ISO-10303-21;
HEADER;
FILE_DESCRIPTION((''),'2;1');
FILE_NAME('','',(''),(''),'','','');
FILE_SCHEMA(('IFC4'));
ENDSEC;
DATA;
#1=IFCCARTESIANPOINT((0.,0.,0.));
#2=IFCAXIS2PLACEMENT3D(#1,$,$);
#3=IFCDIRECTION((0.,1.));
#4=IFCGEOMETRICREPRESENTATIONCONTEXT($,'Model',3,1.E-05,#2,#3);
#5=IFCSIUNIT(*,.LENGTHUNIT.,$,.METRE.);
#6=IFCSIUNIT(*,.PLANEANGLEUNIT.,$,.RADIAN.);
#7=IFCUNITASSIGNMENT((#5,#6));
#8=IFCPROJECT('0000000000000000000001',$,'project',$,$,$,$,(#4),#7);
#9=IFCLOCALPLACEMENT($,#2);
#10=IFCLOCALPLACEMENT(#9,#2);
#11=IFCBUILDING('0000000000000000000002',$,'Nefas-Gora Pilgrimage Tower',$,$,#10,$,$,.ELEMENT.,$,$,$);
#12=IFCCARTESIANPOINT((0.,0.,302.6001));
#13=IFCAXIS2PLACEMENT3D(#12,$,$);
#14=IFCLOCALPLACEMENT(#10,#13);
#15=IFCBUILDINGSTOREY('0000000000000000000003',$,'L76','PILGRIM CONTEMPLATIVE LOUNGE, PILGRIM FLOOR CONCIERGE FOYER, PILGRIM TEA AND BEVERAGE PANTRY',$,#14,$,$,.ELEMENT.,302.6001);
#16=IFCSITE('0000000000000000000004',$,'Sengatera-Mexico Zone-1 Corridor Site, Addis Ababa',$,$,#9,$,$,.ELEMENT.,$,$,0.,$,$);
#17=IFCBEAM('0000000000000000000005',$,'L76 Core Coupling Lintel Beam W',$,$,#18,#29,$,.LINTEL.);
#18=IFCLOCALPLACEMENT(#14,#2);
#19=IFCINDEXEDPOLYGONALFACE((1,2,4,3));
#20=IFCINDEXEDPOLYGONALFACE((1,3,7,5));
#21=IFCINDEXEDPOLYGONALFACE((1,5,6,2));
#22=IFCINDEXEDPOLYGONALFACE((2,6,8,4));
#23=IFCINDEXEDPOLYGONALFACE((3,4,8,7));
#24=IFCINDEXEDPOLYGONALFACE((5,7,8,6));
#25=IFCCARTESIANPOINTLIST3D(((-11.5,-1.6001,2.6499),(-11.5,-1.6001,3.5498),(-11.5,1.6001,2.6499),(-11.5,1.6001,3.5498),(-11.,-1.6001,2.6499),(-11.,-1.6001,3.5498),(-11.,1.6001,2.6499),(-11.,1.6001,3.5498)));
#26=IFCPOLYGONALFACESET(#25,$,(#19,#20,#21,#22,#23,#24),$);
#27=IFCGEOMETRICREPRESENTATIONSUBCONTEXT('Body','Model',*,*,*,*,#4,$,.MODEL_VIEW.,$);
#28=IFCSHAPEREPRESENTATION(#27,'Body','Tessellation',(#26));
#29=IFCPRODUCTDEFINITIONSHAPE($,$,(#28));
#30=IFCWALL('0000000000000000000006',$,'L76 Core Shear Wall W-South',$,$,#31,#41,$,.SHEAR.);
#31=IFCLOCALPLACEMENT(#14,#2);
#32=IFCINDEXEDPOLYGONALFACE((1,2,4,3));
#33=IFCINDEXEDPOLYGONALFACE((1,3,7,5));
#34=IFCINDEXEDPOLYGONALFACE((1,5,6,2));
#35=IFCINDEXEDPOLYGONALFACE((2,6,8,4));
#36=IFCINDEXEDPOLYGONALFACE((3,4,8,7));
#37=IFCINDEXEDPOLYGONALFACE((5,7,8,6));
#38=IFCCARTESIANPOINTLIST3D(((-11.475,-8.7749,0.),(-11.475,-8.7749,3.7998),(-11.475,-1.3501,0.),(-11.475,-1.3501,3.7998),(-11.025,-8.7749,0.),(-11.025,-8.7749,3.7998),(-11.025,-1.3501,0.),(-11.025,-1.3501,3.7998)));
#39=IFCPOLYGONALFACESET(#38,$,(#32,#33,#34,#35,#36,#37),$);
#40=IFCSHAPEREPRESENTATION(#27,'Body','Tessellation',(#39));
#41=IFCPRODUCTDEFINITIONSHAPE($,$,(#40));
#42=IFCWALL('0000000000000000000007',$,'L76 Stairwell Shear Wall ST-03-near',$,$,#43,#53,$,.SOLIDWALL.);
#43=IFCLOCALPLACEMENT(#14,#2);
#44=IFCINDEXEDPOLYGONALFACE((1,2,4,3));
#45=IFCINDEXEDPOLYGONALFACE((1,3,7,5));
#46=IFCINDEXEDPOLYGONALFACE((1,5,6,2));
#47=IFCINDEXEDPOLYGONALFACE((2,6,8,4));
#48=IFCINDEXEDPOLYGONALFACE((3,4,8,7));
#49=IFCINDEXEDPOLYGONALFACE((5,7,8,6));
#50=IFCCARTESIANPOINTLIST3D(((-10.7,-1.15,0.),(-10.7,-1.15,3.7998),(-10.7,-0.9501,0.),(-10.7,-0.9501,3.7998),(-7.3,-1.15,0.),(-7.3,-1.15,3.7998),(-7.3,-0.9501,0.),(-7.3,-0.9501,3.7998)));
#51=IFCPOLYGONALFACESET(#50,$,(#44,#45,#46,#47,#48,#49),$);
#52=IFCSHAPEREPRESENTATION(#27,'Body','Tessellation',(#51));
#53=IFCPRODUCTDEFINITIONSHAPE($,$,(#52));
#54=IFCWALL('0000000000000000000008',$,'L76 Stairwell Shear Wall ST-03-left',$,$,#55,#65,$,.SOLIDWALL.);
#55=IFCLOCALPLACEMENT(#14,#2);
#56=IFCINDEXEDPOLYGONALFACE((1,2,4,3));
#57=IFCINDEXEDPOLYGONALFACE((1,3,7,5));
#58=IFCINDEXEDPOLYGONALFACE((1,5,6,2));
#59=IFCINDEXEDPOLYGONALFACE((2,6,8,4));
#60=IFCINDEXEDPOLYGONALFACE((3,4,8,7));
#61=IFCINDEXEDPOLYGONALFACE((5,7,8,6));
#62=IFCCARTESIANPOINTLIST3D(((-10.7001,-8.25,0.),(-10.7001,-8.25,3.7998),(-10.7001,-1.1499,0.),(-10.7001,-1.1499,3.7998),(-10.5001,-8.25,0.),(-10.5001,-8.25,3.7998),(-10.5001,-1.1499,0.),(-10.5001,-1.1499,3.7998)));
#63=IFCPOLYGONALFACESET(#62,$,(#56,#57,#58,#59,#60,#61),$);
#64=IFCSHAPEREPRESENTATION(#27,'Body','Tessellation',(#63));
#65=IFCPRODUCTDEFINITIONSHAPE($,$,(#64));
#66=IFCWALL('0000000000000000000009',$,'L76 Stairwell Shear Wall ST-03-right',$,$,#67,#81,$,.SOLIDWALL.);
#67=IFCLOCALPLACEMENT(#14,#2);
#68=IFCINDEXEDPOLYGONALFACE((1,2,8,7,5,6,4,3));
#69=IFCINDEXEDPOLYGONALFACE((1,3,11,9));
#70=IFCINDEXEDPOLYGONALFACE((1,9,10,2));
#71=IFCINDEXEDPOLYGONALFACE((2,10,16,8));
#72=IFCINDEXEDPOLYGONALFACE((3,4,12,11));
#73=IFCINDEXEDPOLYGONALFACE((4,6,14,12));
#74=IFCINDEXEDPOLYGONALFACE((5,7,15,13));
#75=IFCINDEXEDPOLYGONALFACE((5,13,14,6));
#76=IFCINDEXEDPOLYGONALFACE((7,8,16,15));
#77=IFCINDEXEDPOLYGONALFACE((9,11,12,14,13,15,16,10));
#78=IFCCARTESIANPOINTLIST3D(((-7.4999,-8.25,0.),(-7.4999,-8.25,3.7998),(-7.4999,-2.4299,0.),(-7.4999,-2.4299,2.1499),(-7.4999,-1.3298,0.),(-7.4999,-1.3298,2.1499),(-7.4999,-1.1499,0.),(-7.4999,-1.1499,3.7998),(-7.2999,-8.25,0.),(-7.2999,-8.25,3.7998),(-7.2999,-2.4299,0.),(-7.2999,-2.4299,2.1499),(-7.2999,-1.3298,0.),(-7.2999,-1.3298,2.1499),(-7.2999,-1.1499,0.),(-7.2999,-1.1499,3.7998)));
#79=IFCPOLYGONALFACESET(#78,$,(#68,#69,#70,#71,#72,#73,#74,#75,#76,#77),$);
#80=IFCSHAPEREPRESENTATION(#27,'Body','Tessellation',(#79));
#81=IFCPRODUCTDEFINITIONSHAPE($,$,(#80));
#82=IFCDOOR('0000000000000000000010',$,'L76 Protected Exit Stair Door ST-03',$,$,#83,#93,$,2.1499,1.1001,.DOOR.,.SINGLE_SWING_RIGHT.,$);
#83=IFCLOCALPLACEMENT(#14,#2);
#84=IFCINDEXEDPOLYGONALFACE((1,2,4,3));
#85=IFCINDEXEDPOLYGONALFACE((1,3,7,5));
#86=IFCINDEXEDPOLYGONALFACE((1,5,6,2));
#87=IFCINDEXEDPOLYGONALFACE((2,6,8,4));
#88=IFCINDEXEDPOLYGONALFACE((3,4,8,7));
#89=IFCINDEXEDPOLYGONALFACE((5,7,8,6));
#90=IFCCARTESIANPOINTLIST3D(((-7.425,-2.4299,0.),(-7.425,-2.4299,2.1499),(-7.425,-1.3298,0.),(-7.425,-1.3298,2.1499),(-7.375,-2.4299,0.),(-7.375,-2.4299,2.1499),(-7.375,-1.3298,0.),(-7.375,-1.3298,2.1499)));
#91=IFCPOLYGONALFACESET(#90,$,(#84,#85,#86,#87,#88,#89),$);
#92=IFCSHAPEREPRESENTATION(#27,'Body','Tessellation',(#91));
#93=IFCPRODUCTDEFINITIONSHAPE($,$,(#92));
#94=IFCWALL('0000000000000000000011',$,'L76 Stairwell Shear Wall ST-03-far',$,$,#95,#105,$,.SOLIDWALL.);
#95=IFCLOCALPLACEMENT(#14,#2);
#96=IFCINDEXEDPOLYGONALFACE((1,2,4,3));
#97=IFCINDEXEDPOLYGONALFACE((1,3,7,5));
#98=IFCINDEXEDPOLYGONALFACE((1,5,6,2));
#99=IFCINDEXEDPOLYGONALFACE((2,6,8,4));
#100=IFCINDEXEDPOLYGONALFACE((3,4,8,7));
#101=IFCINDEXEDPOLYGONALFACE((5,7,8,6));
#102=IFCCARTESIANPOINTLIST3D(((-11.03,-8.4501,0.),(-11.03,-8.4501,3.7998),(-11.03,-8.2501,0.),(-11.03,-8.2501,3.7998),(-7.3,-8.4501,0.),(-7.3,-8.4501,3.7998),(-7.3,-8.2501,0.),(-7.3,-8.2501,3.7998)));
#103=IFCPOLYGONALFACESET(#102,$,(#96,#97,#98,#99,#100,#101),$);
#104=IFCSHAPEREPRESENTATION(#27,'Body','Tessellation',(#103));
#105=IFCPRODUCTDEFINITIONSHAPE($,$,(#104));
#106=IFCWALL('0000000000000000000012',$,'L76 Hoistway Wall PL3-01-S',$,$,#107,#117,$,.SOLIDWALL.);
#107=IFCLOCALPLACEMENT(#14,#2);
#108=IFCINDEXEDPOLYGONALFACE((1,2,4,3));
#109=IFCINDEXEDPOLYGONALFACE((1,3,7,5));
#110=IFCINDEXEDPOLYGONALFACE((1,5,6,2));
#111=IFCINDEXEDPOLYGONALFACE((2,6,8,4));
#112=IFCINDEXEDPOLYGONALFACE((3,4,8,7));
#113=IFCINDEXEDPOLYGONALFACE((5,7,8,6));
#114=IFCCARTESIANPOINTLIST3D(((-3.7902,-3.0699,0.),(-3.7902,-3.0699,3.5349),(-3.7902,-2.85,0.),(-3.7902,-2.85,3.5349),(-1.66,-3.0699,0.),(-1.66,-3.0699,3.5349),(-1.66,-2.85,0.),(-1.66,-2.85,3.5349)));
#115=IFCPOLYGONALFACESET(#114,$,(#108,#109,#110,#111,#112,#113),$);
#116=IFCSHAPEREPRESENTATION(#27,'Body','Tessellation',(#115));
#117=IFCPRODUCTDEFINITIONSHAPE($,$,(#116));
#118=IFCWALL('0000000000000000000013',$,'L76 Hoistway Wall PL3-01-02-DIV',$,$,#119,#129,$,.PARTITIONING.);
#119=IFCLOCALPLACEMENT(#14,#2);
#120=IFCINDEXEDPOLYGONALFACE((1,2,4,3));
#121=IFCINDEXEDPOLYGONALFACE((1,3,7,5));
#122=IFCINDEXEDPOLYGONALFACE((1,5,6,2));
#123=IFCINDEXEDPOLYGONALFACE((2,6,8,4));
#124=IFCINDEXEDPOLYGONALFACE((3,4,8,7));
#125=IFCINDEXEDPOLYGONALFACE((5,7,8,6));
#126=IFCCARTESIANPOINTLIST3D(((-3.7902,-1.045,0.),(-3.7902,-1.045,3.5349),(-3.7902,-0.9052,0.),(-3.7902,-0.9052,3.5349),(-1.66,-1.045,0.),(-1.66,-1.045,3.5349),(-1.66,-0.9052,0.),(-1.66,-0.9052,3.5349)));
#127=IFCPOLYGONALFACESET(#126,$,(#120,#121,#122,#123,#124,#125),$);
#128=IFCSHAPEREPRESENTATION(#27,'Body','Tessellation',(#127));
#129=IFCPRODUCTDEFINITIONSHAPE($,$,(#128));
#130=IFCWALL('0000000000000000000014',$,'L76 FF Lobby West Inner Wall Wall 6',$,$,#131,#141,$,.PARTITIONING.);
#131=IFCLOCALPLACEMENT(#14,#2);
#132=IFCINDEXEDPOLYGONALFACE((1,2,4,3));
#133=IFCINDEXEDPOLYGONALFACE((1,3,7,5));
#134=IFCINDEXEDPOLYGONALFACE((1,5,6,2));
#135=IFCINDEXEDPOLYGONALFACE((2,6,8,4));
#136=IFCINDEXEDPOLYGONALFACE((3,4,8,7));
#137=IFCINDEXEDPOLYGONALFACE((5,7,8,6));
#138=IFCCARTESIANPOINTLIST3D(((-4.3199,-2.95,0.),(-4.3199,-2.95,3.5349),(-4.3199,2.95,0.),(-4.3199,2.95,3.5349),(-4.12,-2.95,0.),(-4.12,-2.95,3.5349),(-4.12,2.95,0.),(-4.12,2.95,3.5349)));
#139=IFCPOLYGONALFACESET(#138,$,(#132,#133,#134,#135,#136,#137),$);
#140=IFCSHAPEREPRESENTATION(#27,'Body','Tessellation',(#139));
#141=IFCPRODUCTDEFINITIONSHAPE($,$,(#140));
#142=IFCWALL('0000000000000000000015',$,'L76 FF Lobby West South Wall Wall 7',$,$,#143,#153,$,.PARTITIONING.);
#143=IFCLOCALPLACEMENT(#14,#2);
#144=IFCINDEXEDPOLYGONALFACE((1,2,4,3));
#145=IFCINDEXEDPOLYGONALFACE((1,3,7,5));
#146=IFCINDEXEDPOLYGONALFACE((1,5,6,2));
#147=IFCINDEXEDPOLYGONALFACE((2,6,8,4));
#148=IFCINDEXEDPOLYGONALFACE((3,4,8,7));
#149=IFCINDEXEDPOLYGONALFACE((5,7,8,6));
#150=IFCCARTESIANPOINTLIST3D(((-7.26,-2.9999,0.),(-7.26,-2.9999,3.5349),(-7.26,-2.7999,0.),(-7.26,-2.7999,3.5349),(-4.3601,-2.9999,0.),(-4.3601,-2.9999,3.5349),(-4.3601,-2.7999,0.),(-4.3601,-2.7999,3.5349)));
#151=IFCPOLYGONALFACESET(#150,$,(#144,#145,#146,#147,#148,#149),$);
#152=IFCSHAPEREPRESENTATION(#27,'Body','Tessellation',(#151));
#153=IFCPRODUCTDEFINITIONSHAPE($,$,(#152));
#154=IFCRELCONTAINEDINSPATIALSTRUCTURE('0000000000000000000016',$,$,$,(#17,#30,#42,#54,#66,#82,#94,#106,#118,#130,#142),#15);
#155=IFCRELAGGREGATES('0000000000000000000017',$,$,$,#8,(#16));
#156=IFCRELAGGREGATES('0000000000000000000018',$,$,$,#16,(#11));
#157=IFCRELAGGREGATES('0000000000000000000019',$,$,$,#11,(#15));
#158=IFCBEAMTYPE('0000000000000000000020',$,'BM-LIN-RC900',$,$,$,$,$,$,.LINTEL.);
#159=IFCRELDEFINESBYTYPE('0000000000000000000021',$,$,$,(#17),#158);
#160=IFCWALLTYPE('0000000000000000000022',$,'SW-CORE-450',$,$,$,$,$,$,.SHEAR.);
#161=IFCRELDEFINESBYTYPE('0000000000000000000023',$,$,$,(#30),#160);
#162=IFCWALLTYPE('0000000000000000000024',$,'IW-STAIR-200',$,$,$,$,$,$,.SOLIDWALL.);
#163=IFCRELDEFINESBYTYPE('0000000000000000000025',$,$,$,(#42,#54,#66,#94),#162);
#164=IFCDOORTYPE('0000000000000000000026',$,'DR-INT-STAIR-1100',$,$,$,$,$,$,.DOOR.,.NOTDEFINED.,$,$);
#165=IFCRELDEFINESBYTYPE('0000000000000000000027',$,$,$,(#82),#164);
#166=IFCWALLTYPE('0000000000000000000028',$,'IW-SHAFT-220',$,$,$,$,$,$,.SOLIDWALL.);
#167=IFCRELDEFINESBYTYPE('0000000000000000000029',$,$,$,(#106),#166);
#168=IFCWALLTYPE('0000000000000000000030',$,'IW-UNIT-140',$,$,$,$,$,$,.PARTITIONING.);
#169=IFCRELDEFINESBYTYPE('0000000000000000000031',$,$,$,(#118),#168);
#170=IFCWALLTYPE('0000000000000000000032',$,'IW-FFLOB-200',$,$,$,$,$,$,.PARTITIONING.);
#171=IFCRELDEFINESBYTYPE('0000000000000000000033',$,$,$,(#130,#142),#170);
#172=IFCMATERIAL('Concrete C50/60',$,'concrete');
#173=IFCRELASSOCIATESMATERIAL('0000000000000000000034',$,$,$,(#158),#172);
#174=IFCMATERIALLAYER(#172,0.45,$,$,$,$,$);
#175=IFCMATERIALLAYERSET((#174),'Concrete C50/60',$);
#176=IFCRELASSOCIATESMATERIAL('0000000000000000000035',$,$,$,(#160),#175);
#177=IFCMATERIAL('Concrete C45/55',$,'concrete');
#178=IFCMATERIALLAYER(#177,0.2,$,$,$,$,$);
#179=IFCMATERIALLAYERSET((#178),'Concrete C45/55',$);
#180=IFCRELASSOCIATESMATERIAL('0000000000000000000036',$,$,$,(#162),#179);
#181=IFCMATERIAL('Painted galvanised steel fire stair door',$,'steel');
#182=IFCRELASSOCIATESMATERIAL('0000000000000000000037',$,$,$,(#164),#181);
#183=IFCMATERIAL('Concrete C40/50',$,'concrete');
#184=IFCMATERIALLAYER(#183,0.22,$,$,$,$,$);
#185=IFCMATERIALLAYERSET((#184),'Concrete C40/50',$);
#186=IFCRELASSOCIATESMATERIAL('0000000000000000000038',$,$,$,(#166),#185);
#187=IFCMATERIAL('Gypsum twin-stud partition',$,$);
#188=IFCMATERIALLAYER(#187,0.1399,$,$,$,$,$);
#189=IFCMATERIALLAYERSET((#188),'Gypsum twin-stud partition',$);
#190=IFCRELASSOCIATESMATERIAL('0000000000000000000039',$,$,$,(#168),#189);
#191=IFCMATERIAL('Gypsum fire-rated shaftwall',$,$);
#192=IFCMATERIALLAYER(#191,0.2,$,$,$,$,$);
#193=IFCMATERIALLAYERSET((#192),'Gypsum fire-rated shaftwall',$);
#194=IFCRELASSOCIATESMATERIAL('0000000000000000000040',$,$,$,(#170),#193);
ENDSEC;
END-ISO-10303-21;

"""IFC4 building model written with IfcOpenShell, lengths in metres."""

from ifc_helpers import new_model, si_unit, direction, frame, frame_2d, origin, origin_2d, place, context, subcontext, project, spatial, rectangle, extrude, source, transform, mapped, material, layer, layer_set, material_profile, profile_set, type_object, element, fill, save


model = new_model("IFC4")

# Units and contexts
model_context = context("Model", 3, precision=1e-05, world=origin(), true_north=direction((0.0, 1.0)))
body_context = subcontext(model_context, "Body", "Model", "MODEL_VIEW")
ifc_project = project(units=[si_unit("LENGTHUNIT", "METRE"), si_unit("PLANEANGLEUNIT", "RADIAN")], contexts=[model_context])

# Site, building, storey
site_placement = place(None, origin())
site = spatial("IfcSite", under=ifc_project, at=site_placement, Name="Sengatera-Mexico Zone-1 Corridor Site, Addis Ababa", CompositionType="ELEMENT", RefElevation=0.0)
building_placement = place(site_placement, origin())
building = spatial("IfcBuilding", under=site, at=building_placement, Name="Nefas-Gora Pilgrimage Tower", CompositionType="ELEMENT")
storey_placement = place(building_placement, frame((0.0, 0.0, 302.6001)))
storey = spatial("IfcBuildingStorey", under=building, at=storey_placement, Name="L76", Description="PILGRIM CONTEMPLATIVE LOUNGE, PILGRIM FLOOR CONCIERGE FOYER, PILGRIM TEA AND BEVERAGE PANTRY", CompositionType="ELEMENT", Elevation=302.6001)

# Beam
ifc_material_1 = material(Name="Concrete C50/60", Category="concrete")
ifc_material_profile = material_profile(ifc_material_1, rectangle(XDim=0.5, YDim=0.8999, at=origin_2d()), Name="RC 500x900")
ifc_profile_set = profile_set([ifc_material_profile], Name="Concrete C50/60")
beam_type = type_object("IfcBeamType", Name="BM-LIN-RC900", PredefinedType="LINTEL", material=ifc_profile_set)
shared_shape_1 = source(origin(), body_context, "Body", "SweptSolid", [
    extrude(rectangle(XDim=0.5, YDim=0.8999, at=origin_2d()), origin(), (0.0, 0.0, 1.0), 3.2002),
])
beam_placement = place(storey_placement, frame((-11.25, -1.6001, 3.0999), z_axis=(0.0, 1.0, 0.0), x_axis=(-1.0, 0.0, 0.0)))
element("IfcBeam", 1, at=beam_placement, inside=storey, type_object=beam_type, Name="L76 Core Coupling Lintel Beam W", PredefinedType="LINTEL", context=body_context, shape_type="MappedRepresentation", body=[
    mapped(shared_shape_1, transform((0.0, 0.0, 0.0), x_axis=(1.0, 0.0, 0.0), y_axis=(0.0, 1.0, 0.0), z_axis=(0.0, 0.0, 1.0), scale=1.0)),
])

# Walls
ifc_layer_1 = layer(ifc_material_1, 0.45)
ifc_layer_set_1 = layer_set([ifc_layer_1], Name="Concrete C50/60")
wall_type_1 = type_object("IfcWallType", Name="SW-CORE-450", PredefinedType="SHEAR", material=ifc_layer_set_1)
shared_shape_2 = source(origin(), body_context, "Body", "SweptSolid", [
    extrude(rectangle(XDim=7.4248, YDim=0.45, at=frame_2d((3.7124, 0.0))), origin(), (0.0, 0.0, 1.0), 3.7998),
])
wall_1_placement = place(storey_placement, frame((-11.25, -8.7749, 0.0), z_axis=(0.0, 0.0, 1.0), x_axis=(0.0, 1.0, 0.0)))
element("IfcWall", 2, at=wall_1_placement, inside=storey, type_object=wall_type_1, Name="L76 Core Shear Wall W-South", PredefinedType="SHEAR", context=body_context, shape_type="MappedRepresentation", body=[
    mapped(shared_shape_2, transform((0.0, 0.0, 0.0), x_axis=(1.0, 0.0, 0.0), y_axis=(0.0, 1.0, 0.0), z_axis=(0.0, 0.0, 1.0), scale=1.0)),
])
ifc_material_2 = material(Name="Concrete C45/55", Category="concrete")
ifc_layer_2 = layer(ifc_material_2, 0.2)
ifc_layer_set_2 = layer_set([ifc_layer_2], Name="Concrete C45/55")
wall_type_2 = type_object("IfcWallType", Name="IW-STAIR-200", PredefinedType="SOLIDWALL", material=ifc_layer_set_2)
shared_shape_3 = source(origin(), body_context, "Body", "SweptSolid", [
    extrude(rectangle(XDim=3.3999, YDim=0.2, at=frame_2d((1.7, 0.0))), origin(), (0.0, 0.0, 1.0), 3.7998),
])
wall_2_placement = place(storey_placement, frame((-10.7, -1.05, 0.0), z_axis=(0.0, 0.0, 1.0), x_axis=(1.0, 0.0, 0.0)))
element("IfcWall", 3, at=wall_2_placement, inside=storey, type_object=wall_type_2, Name="L76 Stairwell Shear Wall ST-03-near", PredefinedType="SOLIDWALL", context=body_context, shape_type="MappedRepresentation", body=[
    mapped(shared_shape_3, transform((0.0, 0.0, 0.0), x_axis=(1.0, 0.0, 0.0), y_axis=(0.0, 1.0, 0.0), z_axis=(0.0, 0.0, 1.0), scale=1.0)),
])
shared_shape_4 = source(origin(), body_context, "Body", "SweptSolid", [
    extrude(rectangle(XDim=7.1001, YDim=0.2, at=frame_2d((3.55, 0.0))), origin(), (0.0, 0.0, 1.0), 3.7998),
])
wall_3_placement = place(storey_placement, frame((-10.6001, -1.1499, 0.0), z_axis=(0.0, 0.0, 1.0), x_axis=(0.0, -1.0, 0.0)))
element("IfcWall", 4, at=wall_3_placement, inside=storey, type_object=wall_type_2, Name="L76 Stairwell Shear Wall ST-03-left", PredefinedType="SOLIDWALL", context=body_context, shape_type="MappedRepresentation", body=[
    mapped(shared_shape_4, transform((0.0, 0.0, 0.0), x_axis=(1.0, 0.0, 0.0), y_axis=(0.0, 1.0, 0.0), z_axis=(0.0, 0.0, 1.0), scale=1.0)),
])

# Wall, opening, door
wall_4_placement = place(storey_placement, frame((-7.3999, -1.1499, 0.0), z_axis=(0.0, 0.0, 1.0), x_axis=(0.0, -1.0, 0.0)))
wall_4 = element("IfcWall", 5, at=wall_4_placement, inside=storey, type_object=wall_type_2, Name="L76 Stairwell Shear Wall ST-03-right", PredefinedType="SOLIDWALL", context=body_context, shape_type="MappedRepresentation", body=[
    mapped(shared_shape_4, transform((0.0, 0.0, 0.0), x_axis=(1.0, 0.0, 0.0), y_axis=(0.0, 1.0, 0.0), z_axis=(0.0, 0.0, 1.0), scale=1.0)),
])
opening_placement = place(wall_4_placement, frame((0.1799, 0.0, 0.0)))
opening = element("IfcOpeningElement", 6, at=opening_placement, cuts=wall_4, PredefinedType="OPENING", context=body_context, shape_type="SweptSolid", body=[
    extrude(rectangle(XDim=1.1001, YDim=2.1499, at=frame_2d((0.55, 1.075))), frame((0.0, 0.1099, 0.0), z_axis=(0.0, -1.0, 0.0), x_axis=(1.0, 0.0, 0.0)), (0.0, 0.0, 1.0), 0.22),
])
ifc_material_3 = material(Name="Painted galvanised steel fire stair door", Category="steel")
door_type = type_object("IfcDoorType", Name="DR-INT-STAIR-1100", OperationType="NOTDEFINED", PredefinedType="DOOR", material=ifc_material_3)
shared_shape_5 = source(origin(), body_context, "Body", "SweptSolid", [
    extrude(rectangle(XDim=1.1001, YDim=2.1499, at=frame_2d((0.55, 1.075))), frame((0.0, 0.0249, 0.0), z_axis=(0.0, -1.0, 0.0), x_axis=(1.0, 0.0, 0.0)), (0.0, 0.0, 1.0), 0.05),
])
door_placement = place(opening_placement, origin())
door = element("IfcDoor", 7, at=door_placement, inside=storey, type_object=door_type, Name="L76 Protected Exit Stair Door ST-03", OperationType="SINGLE_SWING_RIGHT", OverallHeight=2.1499, OverallWidth=1.1001, PredefinedType="DOOR", context=body_context, shape_type="MappedRepresentation", body=[
    mapped(shared_shape_5, transform((0.0, 0.0, 0.0), x_axis=(1.0, 0.0, 0.0), y_axis=(0.0, 1.0, 0.0), z_axis=(0.0, 0.0, 1.0), scale=1.0)),
])
fill(opening, door)

# Walls
shared_shape_6 = source(origin(), body_context, "Body", "SweptSolid", [
    extrude(rectangle(XDim=3.73, YDim=0.2, at=frame_2d((1.865, 0.0))), origin(), (0.0, 0.0, 1.0), 3.7998),
])
wall_5_placement = place(storey_placement, frame((-11.03, -8.3501, 0.0), z_axis=(0.0, 0.0, 1.0), x_axis=(1.0, 0.0, 0.0)))
element("IfcWall", 8, at=wall_5_placement, inside=storey, type_object=wall_type_2, Name="L76 Stairwell Shear Wall ST-03-far", PredefinedType="SOLIDWALL", context=body_context, shape_type="MappedRepresentation", body=[
    mapped(shared_shape_6, transform((0.0, 0.0, 0.0), x_axis=(1.0, 0.0, 0.0), y_axis=(0.0, 1.0, 0.0), z_axis=(0.0, 0.0, 1.0), scale=1.0)),
])
ifc_material_4 = material(Name="Concrete C40/50", Category="concrete")
ifc_layer_3 = layer(ifc_material_4, 0.22)
ifc_layer_set_3 = layer_set([ifc_layer_3], Name="Concrete C40/50")
wall_type_3 = type_object("IfcWallType", Name="IW-SHAFT-220", PredefinedType="SOLIDWALL", material=ifc_layer_set_3)
shared_shape_7 = source(origin(), body_context, "Body", "SweptSolid", [
    extrude(rectangle(XDim=2.1301, YDim=0.22, at=frame_2d((1.0649, 0.0))), origin(), (0.0, 0.0, 1.0), 3.5349),
])
wall_6_placement = place(storey_placement, frame((-3.79, -2.96, 0.0), z_axis=(0.0, 0.0, 1.0), x_axis=(1.0, 0.0, 0.0)))
element("IfcWall", 9, at=wall_6_placement, inside=storey, type_object=wall_type_3, Name="L76 Hoistway Wall PL3-01-S", PredefinedType="SOLIDWALL", context=body_context, shape_type="MappedRepresentation", body=[
    mapped(shared_shape_7, transform((0.0, 0.0, 0.0), x_axis=(1.0, 0.0, 0.0), y_axis=(0.0, 1.0, 0.0), z_axis=(0.0, 0.0, 1.0), scale=1.0)),
])
ifc_material_5 = material(Name="Gypsum twin-stud partition")
ifc_layer_4 = layer(ifc_material_5, 0.1399)
ifc_layer_set_4 = layer_set([ifc_layer_4], Name="Gypsum twin-stud partition")
wall_type_4 = type_object("IfcWallType", Name="IW-UNIT-140", PredefinedType="PARTITIONING", material=ifc_layer_set_4)
shared_shape_8 = source(origin(), body_context, "Body", "SweptSolid", [
    extrude(rectangle(XDim=2.1301, YDim=0.1399, at=frame_2d((1.0649, 0.0))), origin(), (0.0, 0.0, 1.0), 3.5349),
])
wall_7_placement = place(storey_placement, frame((-3.79, -0.9751, 0.0), z_axis=(0.0, 0.0, 1.0), x_axis=(1.0, 0.0, 0.0)))
element("IfcWall", 10, at=wall_7_placement, inside=storey, type_object=wall_type_4, Name="L76 Hoistway Wall PL3-01-02-DIV", PredefinedType="PARTITIONING", context=body_context, shape_type="MappedRepresentation", body=[
    mapped(shared_shape_8, transform((0.0, 0.0, 0.0), x_axis=(1.0, 0.0, 0.0), y_axis=(0.0, 1.0, 0.0), z_axis=(0.0, 0.0, 1.0), scale=1.0)),
])
ifc_material_6 = material(Name="Gypsum fire-rated shaftwall")
ifc_layer_5 = layer(ifc_material_6, 0.2)
ifc_layer_set_5 = layer_set([ifc_layer_5], Name="Gypsum fire-rated shaftwall")
wall_type_5 = type_object("IfcWallType", Name="IW-FFLOB-200", PredefinedType="PARTITIONING", material=ifc_layer_set_5)
shared_shape_9 = source(origin(), body_context, "Body", "SweptSolid", [
    extrude(rectangle(XDim=5.8999, YDim=0.2, at=frame_2d((2.95, 0.0))), origin(), (0.0, 0.0, 1.0), 3.5349),
])
wall_8_placement = place(storey_placement, frame((-4.22, -2.95, 0.0), z_axis=(0.0, 0.0, 1.0), x_axis=(0.0, 1.0, 0.0)))
element("IfcWall", 11, at=wall_8_placement, inside=storey, type_object=wall_type_5, Name="L76 FF Lobby West Inner Wall Wall 6", PredefinedType="PARTITIONING", context=body_context, shape_type="MappedRepresentation", body=[
    mapped(shared_shape_9, transform((0.0, 0.0, 0.0), x_axis=(1.0, 0.0, 0.0), y_axis=(0.0, 1.0, 0.0), z_axis=(0.0, 0.0, 1.0), scale=1.0)),
])
shared_shape_10 = source(origin(), body_context, "Body", "SweptSolid", [
    extrude(rectangle(XDim=2.8999, YDim=0.2, at=frame_2d((1.45, 0.0))), origin(), (0.0, 0.0, 1.0), 3.5349),
])
wall_9_placement = place(storey_placement, frame((-7.26, -2.8999, 0.0), z_axis=(0.0, 0.0, 1.0), x_axis=(1.0, 0.0, 0.0)))
element("IfcWall", 12, at=wall_9_placement, inside=storey, type_object=wall_type_5, Name="L76 FF Lobby West South Wall Wall 7", PredefinedType="PARTITIONING", context=body_context, shape_type="MappedRepresentation", body=[
    mapped(shared_shape_10, transform((0.0, 0.0, 0.0), x_axis=(1.0, 0.0, 0.0), y_axis=(0.0, 1.0, 0.0), z_axis=(0.0, 0.0, 1.0), scale=1.0)),
])

save(model, "model.ifc")
